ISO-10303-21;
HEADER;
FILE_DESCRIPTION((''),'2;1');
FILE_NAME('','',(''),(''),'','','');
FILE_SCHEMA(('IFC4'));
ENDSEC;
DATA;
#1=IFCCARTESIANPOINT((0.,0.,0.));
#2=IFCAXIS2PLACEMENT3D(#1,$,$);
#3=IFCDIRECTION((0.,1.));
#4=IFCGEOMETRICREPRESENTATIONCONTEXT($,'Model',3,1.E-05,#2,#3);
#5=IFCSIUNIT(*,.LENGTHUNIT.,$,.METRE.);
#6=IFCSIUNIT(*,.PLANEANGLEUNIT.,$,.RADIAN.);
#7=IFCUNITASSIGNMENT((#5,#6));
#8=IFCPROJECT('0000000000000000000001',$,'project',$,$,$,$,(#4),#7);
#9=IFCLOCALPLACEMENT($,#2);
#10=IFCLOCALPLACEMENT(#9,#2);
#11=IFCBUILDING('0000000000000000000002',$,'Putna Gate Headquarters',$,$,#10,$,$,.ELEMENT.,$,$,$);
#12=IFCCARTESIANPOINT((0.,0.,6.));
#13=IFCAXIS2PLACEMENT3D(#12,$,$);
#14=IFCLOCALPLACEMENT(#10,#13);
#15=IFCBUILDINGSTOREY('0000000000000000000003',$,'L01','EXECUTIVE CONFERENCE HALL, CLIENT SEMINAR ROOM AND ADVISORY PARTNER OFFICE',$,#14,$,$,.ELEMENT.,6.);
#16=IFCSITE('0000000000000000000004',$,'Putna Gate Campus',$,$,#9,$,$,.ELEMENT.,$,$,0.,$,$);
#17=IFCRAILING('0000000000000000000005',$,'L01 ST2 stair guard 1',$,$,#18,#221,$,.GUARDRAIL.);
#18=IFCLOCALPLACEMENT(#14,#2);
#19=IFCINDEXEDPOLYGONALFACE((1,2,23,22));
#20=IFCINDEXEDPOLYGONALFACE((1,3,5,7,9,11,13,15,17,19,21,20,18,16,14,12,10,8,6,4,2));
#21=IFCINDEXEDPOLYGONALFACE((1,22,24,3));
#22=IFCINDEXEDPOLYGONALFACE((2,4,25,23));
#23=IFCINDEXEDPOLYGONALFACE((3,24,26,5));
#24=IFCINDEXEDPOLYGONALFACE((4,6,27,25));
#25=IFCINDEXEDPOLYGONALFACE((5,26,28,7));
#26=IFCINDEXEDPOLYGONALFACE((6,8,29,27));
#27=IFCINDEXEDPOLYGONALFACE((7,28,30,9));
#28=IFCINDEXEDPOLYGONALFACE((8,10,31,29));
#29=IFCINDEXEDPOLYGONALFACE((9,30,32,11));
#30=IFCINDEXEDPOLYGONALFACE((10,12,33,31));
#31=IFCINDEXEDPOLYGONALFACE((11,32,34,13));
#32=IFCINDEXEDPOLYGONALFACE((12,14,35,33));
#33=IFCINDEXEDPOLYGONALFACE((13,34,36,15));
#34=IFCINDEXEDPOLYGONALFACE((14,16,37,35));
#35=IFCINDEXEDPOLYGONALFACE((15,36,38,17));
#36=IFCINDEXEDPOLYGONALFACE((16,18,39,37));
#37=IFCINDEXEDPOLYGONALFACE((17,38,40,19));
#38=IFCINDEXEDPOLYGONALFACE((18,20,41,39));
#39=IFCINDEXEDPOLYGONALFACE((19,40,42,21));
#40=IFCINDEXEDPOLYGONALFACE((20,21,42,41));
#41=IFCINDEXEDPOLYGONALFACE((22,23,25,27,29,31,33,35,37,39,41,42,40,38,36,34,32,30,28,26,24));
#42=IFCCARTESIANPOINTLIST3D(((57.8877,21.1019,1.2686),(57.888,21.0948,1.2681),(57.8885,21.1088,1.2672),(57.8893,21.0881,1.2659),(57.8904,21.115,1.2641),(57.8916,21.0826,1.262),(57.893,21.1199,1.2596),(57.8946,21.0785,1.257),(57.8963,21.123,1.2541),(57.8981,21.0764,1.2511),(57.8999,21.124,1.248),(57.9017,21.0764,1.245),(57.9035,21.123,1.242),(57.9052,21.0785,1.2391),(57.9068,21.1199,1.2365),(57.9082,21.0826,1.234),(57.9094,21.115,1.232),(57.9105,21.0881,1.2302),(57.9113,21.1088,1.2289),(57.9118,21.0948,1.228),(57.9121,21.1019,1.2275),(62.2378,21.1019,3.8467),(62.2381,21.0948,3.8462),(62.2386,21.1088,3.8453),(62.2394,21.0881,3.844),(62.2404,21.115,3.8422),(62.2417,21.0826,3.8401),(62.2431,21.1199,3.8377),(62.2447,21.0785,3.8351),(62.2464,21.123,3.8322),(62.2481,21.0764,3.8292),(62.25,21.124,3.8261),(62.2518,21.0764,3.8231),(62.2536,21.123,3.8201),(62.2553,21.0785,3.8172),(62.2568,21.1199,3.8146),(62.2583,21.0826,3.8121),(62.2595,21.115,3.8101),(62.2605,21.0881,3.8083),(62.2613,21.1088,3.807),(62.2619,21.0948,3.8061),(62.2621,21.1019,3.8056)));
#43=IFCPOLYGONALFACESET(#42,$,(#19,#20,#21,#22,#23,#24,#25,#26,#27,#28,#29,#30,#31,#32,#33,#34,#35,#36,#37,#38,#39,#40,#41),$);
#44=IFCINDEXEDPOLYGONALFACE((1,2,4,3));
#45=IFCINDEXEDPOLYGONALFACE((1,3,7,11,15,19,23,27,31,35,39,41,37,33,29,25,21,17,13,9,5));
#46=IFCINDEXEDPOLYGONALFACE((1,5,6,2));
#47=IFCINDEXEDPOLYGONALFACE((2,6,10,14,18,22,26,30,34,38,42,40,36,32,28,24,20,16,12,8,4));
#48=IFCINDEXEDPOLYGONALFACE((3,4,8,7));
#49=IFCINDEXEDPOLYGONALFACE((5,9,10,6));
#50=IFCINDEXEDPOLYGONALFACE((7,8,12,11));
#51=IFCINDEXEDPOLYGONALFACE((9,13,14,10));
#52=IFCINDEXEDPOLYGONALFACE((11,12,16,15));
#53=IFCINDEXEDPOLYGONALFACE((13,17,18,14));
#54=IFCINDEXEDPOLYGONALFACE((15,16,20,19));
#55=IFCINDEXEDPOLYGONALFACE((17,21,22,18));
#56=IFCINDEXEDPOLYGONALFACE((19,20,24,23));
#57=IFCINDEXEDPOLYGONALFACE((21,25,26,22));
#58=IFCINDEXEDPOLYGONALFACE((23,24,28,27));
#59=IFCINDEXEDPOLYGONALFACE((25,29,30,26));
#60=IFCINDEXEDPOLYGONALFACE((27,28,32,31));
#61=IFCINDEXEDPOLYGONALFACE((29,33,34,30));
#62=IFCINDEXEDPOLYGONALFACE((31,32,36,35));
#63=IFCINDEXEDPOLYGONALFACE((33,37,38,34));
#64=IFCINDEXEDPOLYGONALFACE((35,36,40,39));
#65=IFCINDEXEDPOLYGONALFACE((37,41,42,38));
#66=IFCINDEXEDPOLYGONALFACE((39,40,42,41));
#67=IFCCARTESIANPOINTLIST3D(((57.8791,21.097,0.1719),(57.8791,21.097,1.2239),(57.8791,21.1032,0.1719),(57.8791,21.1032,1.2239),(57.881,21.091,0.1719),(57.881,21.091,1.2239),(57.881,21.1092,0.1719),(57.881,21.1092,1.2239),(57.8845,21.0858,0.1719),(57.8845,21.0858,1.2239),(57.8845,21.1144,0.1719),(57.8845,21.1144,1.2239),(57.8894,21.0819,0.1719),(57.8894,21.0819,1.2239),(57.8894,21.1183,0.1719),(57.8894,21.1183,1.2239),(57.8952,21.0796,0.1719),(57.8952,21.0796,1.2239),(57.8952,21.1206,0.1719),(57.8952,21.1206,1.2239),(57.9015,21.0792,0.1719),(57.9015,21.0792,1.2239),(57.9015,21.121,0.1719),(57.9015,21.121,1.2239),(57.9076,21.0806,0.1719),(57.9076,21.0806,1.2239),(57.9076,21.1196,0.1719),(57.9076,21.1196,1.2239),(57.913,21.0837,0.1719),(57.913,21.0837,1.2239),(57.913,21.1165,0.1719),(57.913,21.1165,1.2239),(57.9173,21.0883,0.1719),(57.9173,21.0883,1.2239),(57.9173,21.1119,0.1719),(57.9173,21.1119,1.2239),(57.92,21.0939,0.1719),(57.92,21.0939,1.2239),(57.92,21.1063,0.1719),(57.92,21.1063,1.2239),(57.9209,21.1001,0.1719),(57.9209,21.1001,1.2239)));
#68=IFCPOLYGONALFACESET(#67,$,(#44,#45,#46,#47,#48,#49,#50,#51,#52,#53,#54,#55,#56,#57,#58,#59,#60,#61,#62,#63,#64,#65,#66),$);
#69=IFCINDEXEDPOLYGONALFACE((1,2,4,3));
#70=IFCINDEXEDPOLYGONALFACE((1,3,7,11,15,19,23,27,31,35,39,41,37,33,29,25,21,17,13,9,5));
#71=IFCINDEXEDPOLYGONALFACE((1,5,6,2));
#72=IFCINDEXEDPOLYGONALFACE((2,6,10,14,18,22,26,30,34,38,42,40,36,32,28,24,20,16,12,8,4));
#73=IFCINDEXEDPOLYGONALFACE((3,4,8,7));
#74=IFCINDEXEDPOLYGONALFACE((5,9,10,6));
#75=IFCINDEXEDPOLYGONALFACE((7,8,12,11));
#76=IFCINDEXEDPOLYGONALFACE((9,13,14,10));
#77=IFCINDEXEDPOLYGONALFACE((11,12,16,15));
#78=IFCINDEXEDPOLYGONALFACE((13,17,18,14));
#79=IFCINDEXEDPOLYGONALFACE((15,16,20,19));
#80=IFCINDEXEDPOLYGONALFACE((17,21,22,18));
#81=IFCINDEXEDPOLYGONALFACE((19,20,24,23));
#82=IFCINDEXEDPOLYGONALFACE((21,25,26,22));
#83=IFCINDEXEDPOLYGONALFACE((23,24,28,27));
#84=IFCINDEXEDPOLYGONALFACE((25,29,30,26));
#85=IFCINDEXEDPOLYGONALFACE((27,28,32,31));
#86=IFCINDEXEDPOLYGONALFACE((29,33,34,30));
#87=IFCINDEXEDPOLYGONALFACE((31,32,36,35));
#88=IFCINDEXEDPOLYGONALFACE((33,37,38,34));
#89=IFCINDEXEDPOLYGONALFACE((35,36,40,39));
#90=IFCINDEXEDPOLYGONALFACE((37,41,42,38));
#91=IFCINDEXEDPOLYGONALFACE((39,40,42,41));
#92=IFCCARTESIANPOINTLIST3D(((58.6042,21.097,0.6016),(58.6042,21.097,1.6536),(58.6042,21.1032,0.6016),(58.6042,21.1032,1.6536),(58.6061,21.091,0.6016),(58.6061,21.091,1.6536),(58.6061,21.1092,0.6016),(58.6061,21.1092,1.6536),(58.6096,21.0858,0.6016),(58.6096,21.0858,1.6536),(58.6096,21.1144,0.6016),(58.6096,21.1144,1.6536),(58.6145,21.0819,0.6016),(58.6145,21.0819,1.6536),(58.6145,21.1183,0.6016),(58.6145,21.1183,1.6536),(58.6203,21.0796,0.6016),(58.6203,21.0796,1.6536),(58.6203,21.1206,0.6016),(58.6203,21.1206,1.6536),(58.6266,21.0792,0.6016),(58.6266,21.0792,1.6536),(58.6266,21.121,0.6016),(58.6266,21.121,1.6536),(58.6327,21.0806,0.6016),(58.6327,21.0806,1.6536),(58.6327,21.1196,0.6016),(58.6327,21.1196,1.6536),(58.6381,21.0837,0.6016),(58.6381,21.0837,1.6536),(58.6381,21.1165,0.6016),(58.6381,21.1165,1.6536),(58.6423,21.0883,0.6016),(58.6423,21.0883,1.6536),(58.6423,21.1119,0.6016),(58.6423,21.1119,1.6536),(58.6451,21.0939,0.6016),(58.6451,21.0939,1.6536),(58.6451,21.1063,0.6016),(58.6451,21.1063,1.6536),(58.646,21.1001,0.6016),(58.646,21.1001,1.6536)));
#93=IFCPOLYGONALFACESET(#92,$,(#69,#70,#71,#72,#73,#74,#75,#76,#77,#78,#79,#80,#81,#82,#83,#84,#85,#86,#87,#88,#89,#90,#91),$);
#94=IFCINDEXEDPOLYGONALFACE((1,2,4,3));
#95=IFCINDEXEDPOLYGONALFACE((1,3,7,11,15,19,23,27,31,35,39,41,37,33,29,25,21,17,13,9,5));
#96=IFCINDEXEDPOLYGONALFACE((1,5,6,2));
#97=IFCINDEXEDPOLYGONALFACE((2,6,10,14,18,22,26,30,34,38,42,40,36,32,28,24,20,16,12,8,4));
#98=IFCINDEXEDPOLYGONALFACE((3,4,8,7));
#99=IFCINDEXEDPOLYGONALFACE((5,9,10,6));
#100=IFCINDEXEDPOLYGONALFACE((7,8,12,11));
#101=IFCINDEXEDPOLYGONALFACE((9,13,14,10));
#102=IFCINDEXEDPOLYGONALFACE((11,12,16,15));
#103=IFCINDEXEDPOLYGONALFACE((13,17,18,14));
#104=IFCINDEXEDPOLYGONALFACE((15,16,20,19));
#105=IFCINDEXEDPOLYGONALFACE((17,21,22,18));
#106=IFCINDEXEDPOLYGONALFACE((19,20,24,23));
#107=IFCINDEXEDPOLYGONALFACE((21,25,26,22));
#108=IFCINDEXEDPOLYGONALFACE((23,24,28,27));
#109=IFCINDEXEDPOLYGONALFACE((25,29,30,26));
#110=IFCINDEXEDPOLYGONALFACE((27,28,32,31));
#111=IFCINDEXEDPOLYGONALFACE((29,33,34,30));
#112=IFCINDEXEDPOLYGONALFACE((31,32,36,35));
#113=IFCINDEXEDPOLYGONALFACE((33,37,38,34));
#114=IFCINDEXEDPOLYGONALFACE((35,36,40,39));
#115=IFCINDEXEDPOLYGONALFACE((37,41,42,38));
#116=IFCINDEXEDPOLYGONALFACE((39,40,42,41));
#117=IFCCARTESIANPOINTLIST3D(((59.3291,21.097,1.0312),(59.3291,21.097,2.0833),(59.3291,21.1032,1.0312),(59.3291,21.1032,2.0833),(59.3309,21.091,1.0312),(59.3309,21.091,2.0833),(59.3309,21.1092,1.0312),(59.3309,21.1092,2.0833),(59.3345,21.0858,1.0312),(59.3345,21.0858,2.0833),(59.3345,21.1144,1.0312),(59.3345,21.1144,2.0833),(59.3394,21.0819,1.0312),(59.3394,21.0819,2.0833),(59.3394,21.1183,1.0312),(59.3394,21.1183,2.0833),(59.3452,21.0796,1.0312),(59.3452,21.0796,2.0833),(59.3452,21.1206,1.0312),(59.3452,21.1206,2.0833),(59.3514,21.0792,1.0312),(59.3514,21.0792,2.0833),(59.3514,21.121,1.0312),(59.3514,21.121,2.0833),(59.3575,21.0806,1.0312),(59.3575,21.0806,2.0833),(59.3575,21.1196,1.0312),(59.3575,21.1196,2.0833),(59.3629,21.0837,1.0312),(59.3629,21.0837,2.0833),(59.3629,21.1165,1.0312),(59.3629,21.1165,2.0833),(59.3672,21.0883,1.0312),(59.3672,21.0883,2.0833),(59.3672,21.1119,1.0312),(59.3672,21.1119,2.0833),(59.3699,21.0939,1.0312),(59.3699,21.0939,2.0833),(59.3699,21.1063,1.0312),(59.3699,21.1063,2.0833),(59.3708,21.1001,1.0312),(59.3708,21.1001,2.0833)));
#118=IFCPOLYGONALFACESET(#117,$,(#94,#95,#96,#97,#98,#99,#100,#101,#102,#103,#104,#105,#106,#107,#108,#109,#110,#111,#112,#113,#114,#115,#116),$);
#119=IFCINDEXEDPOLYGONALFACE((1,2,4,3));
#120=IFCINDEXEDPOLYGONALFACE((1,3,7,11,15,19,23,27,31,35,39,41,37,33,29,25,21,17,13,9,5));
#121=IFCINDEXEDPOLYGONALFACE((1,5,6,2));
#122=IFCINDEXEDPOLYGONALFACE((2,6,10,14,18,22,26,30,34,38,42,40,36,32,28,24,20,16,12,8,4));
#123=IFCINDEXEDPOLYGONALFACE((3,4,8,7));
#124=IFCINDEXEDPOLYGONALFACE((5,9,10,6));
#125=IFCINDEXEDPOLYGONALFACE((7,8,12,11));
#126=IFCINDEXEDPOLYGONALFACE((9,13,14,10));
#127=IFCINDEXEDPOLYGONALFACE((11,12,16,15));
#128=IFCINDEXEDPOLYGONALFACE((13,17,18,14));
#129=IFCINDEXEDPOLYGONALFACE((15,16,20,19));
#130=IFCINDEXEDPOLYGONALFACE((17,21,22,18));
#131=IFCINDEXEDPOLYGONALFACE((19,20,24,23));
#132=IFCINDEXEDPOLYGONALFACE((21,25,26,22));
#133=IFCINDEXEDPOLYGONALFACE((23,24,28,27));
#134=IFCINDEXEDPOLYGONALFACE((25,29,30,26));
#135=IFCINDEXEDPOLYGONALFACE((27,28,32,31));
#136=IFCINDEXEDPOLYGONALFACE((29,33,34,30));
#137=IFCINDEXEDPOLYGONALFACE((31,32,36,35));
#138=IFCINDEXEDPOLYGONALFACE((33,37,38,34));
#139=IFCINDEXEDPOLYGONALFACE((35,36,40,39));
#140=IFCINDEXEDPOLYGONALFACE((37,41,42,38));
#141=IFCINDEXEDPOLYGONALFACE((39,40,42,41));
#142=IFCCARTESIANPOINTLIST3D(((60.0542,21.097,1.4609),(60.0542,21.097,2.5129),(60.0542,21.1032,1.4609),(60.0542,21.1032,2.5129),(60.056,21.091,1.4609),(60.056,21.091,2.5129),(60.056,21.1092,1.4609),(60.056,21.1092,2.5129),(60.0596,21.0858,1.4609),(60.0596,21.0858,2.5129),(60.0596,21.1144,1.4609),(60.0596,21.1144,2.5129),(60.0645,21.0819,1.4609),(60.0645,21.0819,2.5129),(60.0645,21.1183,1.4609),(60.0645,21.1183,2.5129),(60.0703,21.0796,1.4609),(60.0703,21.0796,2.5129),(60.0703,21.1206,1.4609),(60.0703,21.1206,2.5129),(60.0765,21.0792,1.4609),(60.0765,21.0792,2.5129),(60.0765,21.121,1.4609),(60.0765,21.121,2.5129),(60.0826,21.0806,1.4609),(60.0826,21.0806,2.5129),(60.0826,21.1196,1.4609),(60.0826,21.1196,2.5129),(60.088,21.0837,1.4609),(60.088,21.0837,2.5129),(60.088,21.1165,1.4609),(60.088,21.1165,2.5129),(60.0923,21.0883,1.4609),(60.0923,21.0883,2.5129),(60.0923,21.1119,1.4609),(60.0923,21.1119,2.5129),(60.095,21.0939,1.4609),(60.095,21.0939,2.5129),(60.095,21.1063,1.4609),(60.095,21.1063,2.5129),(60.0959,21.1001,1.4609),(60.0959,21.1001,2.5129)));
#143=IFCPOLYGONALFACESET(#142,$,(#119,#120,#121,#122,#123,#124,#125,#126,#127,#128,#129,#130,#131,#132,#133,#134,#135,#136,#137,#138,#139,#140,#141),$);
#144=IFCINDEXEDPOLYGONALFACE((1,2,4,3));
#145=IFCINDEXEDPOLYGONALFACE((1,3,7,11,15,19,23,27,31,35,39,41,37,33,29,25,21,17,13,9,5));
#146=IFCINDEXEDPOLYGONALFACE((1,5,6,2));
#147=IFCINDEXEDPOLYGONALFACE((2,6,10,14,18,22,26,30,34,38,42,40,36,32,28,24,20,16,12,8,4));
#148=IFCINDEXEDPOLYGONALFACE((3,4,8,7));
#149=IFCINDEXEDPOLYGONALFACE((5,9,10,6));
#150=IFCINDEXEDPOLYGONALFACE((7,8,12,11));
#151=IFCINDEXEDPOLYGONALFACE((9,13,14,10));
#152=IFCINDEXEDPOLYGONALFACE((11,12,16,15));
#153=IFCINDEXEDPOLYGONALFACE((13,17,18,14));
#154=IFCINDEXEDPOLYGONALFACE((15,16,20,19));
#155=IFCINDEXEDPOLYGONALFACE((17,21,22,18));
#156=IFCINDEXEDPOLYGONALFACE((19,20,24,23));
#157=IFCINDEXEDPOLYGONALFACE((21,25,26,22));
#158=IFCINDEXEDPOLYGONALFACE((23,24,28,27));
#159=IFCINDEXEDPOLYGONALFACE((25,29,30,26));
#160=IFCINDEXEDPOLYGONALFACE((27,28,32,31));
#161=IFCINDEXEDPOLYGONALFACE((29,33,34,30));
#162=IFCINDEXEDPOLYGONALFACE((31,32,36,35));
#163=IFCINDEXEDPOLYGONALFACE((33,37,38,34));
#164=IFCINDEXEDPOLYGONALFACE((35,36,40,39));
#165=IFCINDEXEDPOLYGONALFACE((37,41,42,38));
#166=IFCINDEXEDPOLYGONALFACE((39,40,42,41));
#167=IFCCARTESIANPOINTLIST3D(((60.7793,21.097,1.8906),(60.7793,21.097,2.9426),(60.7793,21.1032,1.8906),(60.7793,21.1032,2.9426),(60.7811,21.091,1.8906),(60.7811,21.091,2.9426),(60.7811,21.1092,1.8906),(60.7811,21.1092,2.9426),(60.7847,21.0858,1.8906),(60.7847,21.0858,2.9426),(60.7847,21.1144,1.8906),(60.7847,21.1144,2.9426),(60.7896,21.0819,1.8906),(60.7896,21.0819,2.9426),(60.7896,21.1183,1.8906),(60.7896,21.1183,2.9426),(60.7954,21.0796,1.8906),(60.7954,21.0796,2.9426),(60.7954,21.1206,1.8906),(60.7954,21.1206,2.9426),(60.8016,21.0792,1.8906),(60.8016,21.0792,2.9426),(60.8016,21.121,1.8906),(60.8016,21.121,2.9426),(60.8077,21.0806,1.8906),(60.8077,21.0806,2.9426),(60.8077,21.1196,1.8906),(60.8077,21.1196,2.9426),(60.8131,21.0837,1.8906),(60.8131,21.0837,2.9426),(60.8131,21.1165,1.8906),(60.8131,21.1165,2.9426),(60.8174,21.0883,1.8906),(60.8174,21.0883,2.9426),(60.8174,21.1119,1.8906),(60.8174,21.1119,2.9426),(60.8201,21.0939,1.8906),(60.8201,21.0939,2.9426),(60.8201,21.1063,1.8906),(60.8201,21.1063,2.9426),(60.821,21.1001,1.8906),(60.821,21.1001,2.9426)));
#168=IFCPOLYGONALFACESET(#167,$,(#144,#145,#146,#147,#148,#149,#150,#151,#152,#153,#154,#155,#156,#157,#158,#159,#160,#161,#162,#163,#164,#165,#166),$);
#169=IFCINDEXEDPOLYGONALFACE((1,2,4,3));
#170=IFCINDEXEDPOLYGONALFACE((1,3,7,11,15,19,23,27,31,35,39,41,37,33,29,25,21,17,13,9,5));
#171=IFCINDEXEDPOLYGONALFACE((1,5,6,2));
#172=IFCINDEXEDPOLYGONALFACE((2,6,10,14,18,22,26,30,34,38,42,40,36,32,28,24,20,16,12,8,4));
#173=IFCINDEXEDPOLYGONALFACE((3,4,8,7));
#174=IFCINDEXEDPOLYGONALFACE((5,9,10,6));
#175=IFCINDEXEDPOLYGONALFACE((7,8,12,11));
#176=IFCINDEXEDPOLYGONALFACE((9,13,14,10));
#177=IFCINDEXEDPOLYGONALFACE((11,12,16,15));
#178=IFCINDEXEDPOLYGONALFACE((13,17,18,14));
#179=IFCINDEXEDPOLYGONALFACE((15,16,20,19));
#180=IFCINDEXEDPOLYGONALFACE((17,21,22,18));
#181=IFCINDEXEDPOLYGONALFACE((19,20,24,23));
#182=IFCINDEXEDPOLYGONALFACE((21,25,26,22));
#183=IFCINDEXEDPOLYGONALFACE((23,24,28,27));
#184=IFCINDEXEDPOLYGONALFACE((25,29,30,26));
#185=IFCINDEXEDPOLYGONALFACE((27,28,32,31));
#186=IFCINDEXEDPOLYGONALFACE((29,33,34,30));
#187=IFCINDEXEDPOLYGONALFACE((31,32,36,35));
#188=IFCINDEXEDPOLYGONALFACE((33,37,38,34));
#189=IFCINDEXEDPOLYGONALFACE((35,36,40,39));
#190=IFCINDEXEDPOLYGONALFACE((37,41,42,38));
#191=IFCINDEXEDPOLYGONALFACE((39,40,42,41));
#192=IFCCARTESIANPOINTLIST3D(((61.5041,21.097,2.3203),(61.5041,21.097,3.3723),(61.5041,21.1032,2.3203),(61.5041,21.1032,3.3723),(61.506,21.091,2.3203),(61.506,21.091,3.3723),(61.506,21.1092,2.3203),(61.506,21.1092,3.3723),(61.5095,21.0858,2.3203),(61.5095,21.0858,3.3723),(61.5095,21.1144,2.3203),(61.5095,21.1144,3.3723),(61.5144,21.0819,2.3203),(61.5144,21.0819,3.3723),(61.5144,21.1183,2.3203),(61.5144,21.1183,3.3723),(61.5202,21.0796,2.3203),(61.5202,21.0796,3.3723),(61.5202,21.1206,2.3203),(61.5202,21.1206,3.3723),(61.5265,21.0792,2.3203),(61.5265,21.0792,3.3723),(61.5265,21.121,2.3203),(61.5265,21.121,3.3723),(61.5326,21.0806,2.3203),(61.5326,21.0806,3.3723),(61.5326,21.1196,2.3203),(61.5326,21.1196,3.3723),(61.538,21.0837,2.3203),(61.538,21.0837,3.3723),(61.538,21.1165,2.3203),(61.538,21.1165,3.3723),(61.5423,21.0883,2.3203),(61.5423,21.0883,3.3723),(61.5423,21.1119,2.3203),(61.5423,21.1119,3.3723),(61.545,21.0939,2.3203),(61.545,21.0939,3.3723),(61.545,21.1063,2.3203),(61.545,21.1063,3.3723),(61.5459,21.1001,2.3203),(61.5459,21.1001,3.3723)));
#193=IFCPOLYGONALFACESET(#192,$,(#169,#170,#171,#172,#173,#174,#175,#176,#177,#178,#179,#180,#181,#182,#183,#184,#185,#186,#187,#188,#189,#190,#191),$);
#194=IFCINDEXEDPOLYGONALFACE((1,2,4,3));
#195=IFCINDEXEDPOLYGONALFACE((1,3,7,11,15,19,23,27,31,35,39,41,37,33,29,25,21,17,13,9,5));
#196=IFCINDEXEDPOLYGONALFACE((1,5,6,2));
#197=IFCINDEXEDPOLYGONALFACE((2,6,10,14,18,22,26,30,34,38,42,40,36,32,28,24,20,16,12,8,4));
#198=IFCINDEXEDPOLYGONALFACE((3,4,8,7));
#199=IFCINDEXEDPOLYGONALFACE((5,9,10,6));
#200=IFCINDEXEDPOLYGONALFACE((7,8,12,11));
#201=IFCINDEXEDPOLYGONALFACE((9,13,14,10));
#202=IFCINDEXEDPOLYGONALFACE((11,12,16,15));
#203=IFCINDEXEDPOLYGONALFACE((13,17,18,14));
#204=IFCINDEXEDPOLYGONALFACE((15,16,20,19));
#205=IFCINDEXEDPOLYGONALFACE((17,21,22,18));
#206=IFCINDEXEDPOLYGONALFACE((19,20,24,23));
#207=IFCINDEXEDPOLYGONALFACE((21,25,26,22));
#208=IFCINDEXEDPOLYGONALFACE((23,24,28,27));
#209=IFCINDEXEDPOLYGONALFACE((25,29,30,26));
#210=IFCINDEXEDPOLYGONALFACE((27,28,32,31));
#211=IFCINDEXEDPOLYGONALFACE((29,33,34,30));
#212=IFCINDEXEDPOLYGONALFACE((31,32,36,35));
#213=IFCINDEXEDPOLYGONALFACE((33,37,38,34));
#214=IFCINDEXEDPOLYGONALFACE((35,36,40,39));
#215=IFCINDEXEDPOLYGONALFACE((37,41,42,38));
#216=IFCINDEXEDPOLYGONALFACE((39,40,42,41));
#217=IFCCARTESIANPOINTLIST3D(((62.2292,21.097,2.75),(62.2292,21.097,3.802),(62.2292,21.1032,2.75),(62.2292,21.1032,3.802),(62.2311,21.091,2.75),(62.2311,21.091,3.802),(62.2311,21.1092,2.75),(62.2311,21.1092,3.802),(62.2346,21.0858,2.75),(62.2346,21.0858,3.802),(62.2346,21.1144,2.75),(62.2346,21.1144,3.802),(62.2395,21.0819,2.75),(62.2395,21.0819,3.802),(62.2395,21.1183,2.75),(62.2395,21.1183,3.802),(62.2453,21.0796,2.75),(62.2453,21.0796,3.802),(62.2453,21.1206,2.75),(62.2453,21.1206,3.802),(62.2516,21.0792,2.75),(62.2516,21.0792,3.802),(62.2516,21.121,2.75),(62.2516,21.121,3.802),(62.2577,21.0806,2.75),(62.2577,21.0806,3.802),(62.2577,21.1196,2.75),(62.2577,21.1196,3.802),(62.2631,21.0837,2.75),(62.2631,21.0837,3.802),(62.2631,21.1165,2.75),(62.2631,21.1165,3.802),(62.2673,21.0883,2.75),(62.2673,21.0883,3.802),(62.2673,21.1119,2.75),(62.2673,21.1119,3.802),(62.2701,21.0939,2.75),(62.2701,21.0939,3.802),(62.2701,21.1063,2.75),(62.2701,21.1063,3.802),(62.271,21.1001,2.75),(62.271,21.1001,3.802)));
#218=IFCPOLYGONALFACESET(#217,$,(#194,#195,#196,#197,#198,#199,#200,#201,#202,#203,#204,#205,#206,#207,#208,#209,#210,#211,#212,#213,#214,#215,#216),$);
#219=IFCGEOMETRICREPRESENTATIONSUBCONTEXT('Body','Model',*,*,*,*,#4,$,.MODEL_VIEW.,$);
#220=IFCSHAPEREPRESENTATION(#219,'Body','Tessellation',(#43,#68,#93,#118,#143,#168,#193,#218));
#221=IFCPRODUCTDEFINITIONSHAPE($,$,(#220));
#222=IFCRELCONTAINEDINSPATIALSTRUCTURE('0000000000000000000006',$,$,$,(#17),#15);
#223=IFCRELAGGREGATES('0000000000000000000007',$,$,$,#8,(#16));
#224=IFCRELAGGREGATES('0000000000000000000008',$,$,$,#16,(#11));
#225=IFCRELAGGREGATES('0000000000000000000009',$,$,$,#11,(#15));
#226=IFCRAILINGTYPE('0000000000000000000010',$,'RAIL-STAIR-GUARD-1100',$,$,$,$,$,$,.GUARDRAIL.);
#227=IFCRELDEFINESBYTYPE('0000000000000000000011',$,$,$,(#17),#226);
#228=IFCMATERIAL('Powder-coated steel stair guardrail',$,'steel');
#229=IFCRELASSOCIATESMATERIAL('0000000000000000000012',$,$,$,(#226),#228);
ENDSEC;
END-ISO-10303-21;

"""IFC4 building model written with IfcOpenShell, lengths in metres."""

from ifc_helpers import new_model, si_unit, direction, frame, origin, origin_2d, place, context, subcontext, project, spatial, circle, extrude, material, type_object, element, save


model = new_model("IFC4")

# Units and contexts
model_context = context("Model", 3, precision=1e-05, world=origin(), true_north=direction((0.0, 1.0)))
body_context = subcontext(model_context, "Body", "Model", "MODEL_VIEW")
ifc_project = project(units=[si_unit("LENGTHUNIT", "METRE"), si_unit("PLANEANGLEUNIT", "RADIAN")], contexts=[model_context])

# Site, building, storey
site_placement = place(None, origin())
site = spatial("IfcSite", under=ifc_project, at=site_placement, Name="Putna Gate Campus", CompositionType="ELEMENT", RefElevation=0.0)
building_placement = place(site_placement, origin())
building = spatial("IfcBuilding", under=site, at=building_placement, Name="Putna Gate Headquarters", CompositionType="ELEMENT")
storey_placement = place(building_placement, frame((0.0, 0.0, 6.0)))
storey = spatial("IfcBuildingStorey", under=building, at=storey_placement, Name="L01", Description="EXECUTIVE CONFERENCE HALL, CLIENT SEMINAR ROOM AND ADVISORY PARTNER OFFICE", CompositionType="ELEMENT", Elevation=6.0)

# Railing
ifc_material_1 = material(Name="Powder-coated steel stair guardrail", Category="steel")
railing_type_1 = type_object("IfcRailingType", Name="RAIL-STAIR-GUARD-1100", PredefinedType="GUARDRAIL", material=ifc_material_1)
railing_1_placement = place(storey_placement, frame((57.8999, 21.1001, 0.1719)))
element("IfcRailing", 1, at=railing_1_placement, inside=storey, type_object=railing_type_1, Name="L01 ST2 stair guard 1", PredefinedType="GUARDRAIL", context=body_context, shape_type="SweptSolid", body=[
    extrude(circle(Radius=0.0239, at=origin_2d()), frame((0.0, 0.0, 1.0762), z_axis=(0.860266, 0.0, 0.509845), x_axis=(0.0, 1.0, 0.0)), (0.0, 0.0, 1.0), 5.0566),
    extrude(circle(Radius=0.021, at=origin_2d()), origin(), (0.0, 0.0, 1.0), 1.052),
    extrude(circle(Radius=0.021, at=origin_2d()), frame((0.7251, 0.0, 0.4297)), (0.0, 0.0, 1.0), 1.052),
    extrude(circle(Radius=0.021, at=origin_2d()), frame((1.45, 0.0, 0.8594)), (0.0, 0.0, 1.0), 1.052),
    extrude(circle(Radius=0.021, at=origin_2d()), frame((2.175, 0.0, 1.2891)), (0.0, 0.0, 1.0), 1.052),
    extrude(circle(Radius=0.021, at=origin_2d()), frame((2.9001, 0.0, 1.7188)), (0.0, 0.0, 1.0), 1.052),
    extrude(circle(Radius=0.021, at=origin_2d()), frame((3.625, 0.0, 2.1484)), (0.0, 0.0, 1.0), 1.052),
    extrude(circle(Radius=0.021, at=origin_2d()), frame((4.3501, 0.0, 2.5781)), (0.0, 0.0, 1.0), 1.052),
])

save(model, "model.ifc")
